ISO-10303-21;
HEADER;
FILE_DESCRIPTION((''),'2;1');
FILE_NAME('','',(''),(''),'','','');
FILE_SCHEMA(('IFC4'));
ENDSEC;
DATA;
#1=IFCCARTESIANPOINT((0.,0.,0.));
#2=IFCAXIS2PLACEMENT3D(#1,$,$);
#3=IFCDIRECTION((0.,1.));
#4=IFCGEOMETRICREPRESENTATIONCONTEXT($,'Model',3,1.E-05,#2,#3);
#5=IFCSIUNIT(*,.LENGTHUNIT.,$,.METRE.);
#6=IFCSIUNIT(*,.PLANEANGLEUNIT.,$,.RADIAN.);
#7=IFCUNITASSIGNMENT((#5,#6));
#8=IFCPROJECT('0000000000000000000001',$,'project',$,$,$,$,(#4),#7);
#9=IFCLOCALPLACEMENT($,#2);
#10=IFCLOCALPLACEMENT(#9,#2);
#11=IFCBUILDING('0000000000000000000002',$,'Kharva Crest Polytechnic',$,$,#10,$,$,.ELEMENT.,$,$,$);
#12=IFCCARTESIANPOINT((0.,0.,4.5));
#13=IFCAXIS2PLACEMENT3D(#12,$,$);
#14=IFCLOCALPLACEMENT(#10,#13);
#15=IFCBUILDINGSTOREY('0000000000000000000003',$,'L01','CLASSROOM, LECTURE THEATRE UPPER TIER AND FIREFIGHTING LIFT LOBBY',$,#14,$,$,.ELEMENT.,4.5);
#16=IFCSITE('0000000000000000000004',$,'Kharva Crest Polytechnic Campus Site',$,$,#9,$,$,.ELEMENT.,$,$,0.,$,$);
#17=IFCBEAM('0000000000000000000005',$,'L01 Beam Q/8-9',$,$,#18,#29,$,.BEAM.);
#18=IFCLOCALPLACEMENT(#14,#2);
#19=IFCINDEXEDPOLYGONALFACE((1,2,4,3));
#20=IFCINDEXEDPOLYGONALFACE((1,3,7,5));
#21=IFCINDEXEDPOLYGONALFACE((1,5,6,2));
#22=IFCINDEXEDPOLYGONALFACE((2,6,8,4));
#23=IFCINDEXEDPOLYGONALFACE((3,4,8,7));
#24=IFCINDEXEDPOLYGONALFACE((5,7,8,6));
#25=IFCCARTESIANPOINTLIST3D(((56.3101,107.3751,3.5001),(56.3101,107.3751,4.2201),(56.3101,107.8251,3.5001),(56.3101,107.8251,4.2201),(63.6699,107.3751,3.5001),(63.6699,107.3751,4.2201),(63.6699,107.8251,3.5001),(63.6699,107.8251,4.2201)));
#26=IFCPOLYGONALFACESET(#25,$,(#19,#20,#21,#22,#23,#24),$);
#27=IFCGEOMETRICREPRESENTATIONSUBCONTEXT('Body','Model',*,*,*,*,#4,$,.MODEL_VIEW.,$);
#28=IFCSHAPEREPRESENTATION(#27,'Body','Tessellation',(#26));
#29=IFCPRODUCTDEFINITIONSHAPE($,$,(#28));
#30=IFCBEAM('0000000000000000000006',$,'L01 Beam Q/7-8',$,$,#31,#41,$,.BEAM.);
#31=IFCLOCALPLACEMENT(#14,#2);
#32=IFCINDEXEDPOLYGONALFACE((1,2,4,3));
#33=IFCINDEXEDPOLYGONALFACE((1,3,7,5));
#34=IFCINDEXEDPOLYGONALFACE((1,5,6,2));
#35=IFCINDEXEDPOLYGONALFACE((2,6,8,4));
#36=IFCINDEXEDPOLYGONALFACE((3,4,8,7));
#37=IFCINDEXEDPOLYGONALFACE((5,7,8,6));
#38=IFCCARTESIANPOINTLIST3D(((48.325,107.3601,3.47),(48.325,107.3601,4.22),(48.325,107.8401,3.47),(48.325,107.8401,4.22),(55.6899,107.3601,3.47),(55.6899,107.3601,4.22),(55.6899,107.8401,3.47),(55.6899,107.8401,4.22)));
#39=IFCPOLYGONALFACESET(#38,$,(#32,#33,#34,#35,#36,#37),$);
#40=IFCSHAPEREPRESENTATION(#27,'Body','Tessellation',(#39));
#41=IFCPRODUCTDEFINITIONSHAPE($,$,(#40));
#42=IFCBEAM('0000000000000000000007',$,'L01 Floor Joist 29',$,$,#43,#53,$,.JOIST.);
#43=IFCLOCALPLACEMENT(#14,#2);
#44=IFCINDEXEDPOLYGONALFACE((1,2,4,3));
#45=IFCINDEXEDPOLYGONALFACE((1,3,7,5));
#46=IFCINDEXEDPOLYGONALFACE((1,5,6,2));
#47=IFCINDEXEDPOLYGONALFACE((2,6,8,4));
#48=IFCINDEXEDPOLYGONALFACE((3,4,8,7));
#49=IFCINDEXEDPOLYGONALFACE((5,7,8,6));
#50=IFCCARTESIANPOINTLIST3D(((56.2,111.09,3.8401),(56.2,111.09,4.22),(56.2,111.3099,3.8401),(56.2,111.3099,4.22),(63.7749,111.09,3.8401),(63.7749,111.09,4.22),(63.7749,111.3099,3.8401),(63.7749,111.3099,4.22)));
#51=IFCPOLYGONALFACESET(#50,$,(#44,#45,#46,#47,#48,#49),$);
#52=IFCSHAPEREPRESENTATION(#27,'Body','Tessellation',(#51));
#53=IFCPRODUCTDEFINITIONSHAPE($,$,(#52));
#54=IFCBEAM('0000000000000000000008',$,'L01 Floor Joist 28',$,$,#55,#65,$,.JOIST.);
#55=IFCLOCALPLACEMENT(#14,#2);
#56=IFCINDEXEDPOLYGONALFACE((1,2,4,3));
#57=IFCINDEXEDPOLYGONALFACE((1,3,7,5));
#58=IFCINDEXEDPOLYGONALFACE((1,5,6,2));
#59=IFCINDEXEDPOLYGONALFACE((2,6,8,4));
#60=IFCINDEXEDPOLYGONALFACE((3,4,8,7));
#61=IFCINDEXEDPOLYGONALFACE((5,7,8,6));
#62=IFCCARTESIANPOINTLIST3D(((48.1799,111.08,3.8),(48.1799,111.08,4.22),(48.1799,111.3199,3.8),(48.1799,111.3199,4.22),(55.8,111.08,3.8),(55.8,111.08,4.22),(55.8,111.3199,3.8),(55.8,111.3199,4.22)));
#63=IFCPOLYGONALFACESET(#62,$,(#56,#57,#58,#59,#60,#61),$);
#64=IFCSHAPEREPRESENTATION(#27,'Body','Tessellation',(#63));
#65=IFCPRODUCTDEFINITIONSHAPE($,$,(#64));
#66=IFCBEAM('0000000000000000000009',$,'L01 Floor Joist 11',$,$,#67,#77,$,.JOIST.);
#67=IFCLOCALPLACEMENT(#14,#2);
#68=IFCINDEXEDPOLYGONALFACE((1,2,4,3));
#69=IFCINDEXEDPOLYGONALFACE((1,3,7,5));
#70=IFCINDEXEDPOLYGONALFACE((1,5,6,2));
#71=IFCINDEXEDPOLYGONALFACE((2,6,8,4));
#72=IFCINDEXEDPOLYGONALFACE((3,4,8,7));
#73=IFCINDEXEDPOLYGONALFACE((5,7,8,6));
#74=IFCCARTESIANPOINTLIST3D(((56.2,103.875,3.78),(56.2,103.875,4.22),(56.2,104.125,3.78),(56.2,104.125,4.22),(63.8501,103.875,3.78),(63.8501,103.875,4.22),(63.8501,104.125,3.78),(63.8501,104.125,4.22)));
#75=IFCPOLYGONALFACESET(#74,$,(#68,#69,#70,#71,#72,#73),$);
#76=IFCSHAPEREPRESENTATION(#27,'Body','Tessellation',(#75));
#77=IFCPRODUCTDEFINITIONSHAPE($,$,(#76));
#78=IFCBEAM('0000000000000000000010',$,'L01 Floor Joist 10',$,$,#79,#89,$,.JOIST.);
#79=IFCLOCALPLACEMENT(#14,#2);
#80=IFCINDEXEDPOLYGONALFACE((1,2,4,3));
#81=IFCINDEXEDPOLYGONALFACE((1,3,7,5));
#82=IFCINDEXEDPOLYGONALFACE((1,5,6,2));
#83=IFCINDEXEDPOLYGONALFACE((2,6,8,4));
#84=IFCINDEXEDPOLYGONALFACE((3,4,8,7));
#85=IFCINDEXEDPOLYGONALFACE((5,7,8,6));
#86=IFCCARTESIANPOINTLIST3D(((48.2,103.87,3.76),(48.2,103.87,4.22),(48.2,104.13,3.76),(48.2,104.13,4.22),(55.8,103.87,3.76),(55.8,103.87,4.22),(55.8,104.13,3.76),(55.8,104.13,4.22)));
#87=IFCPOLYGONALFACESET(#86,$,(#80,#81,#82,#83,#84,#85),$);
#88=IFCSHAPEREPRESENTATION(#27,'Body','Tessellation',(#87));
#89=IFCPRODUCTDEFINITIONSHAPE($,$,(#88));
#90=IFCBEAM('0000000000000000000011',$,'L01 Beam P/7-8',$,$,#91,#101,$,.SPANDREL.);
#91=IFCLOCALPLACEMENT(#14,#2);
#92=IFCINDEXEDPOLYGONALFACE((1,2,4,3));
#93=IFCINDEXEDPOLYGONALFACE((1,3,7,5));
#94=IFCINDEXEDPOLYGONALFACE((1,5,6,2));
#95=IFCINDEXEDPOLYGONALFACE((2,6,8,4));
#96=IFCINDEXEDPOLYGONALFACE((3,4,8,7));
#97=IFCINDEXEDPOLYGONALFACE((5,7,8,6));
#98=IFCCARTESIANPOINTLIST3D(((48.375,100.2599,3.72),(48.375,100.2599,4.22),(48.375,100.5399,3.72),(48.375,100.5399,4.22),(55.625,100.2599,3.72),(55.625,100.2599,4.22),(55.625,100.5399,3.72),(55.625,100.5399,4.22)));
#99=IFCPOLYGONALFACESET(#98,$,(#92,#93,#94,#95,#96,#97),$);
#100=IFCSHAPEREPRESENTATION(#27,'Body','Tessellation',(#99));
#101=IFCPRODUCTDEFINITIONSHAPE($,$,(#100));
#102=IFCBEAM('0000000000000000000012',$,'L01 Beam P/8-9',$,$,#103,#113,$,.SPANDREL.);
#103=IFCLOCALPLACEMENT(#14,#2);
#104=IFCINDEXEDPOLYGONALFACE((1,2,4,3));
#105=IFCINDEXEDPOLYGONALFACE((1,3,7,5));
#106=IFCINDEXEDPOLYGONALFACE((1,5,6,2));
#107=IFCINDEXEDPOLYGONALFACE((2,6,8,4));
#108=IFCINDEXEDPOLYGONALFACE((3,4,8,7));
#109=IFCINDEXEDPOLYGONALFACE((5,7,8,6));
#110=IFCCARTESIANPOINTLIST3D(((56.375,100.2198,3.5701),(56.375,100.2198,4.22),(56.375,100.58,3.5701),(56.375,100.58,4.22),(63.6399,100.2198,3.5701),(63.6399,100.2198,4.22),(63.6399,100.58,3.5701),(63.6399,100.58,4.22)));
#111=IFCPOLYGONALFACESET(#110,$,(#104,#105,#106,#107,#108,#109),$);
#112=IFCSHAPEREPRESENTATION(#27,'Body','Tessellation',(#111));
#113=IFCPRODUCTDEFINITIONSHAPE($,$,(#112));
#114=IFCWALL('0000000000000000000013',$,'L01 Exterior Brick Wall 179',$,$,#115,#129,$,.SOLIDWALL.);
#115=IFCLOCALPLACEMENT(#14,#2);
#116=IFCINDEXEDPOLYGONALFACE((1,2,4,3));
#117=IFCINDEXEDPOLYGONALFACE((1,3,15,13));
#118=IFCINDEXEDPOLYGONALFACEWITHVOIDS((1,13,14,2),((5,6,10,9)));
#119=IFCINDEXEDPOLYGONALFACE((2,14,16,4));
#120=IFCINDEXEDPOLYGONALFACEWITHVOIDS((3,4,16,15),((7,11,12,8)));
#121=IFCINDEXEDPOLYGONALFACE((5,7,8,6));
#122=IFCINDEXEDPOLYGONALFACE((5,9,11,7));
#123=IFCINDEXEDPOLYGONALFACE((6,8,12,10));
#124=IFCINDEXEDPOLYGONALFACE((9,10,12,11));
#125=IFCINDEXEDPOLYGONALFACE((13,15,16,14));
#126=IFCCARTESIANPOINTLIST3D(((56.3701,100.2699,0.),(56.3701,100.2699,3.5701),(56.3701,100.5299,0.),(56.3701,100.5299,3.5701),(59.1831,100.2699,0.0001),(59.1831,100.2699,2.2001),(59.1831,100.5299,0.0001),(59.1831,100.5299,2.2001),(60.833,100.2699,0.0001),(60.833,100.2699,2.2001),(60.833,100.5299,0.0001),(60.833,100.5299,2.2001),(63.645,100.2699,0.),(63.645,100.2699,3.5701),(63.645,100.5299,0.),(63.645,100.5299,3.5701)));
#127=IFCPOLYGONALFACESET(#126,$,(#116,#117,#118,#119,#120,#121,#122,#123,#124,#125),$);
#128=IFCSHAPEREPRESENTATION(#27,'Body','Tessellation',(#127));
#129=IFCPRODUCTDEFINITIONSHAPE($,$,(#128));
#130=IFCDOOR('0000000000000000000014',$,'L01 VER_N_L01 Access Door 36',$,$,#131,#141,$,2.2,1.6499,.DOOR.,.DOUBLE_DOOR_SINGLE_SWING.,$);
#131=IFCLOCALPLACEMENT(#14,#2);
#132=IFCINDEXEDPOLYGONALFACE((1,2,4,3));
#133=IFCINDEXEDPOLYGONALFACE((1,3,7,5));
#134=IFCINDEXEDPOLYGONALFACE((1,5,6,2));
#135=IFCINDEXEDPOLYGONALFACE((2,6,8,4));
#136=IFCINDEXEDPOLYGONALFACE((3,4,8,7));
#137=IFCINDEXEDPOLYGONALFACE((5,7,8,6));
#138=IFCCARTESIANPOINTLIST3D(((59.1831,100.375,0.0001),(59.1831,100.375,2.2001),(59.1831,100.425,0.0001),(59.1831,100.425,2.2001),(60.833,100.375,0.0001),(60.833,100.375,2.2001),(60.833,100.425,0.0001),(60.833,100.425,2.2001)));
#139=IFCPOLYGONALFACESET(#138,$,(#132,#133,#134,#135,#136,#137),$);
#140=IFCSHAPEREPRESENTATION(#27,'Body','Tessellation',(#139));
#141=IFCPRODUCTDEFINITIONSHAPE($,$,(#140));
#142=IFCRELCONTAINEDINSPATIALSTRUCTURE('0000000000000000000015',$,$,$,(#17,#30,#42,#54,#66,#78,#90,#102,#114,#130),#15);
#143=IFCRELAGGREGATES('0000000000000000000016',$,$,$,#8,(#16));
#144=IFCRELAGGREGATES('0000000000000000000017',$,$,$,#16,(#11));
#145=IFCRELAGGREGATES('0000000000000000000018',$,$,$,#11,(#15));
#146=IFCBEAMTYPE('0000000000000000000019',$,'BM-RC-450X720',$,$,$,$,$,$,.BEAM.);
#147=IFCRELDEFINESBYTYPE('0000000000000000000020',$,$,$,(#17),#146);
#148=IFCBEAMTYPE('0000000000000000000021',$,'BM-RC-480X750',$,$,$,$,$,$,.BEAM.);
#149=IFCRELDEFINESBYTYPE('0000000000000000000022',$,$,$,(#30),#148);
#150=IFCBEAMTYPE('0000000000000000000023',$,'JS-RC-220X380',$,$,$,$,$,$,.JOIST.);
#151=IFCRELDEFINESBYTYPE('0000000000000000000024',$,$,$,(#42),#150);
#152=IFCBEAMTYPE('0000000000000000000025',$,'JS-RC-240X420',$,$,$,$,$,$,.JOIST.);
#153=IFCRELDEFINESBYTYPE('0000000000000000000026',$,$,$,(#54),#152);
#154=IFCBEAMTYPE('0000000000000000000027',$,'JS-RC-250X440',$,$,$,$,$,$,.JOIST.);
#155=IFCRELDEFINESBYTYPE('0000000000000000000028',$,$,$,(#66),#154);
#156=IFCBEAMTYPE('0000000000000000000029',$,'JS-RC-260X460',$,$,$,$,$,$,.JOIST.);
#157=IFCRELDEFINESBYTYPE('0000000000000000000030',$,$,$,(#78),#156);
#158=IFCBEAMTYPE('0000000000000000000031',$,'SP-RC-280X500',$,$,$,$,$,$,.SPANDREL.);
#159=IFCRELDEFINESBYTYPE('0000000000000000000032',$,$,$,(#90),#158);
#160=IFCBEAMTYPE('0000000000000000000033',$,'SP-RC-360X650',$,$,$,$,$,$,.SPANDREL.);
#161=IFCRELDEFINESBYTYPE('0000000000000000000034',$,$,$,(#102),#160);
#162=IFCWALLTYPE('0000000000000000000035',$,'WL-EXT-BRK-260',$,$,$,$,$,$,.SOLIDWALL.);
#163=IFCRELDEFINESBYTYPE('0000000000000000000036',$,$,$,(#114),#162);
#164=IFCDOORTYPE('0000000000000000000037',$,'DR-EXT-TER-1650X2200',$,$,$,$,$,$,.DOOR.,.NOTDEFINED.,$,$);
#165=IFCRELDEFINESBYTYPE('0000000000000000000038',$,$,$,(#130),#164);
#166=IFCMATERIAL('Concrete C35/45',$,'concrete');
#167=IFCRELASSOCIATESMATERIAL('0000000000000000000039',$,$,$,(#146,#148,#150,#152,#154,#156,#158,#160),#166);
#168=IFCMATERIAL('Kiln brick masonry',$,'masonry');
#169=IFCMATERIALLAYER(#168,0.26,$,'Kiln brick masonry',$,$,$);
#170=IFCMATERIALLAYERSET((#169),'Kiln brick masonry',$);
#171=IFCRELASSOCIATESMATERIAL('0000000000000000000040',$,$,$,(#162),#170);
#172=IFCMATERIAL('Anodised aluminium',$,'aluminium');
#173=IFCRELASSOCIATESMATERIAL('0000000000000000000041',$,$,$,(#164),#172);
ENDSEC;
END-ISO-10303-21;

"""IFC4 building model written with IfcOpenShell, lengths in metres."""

from ifc_helpers import new_model, si_unit, direction, frame, frame_2d, origin, origin_2d, place, context, subcontext, project, spatial, rectangle, extrude, material, layer, layer_set, material_profile, profile_set, type_object, element, fill, save


model = new_model("IFC4")

# Units and contexts
model_context = context("Model", 3, precision=1e-05, world=origin(), true_north=direction((0.0, 1.0)))
body_context = subcontext(model_context, "Body", "Model", "MODEL_VIEW")
ifc_project = project(units=[si_unit("LENGTHUNIT", "METRE"), si_unit("PLANEANGLEUNIT", "RADIAN")], contexts=[model_context])

# Site, building, storey
site_placement = place(None, origin())
site = spatial("IfcSite", under=ifc_project, at=site_placement, Name="Kharva Crest Polytechnic Campus Site", CompositionType="ELEMENT", RefElevation=0.0)
building_placement = place(site_placement, origin())
building = spatial("IfcBuilding", under=site, at=building_placement, Name="Kharva Crest Polytechnic", CompositionType="ELEMENT")
storey_placement = place(building_placement, frame((0.0, 0.0, 4.5)))
storey = spatial("IfcBuildingStorey", under=building, at=storey_placement, Name="L01", Description="CLASSROOM, LECTURE THEATRE UPPER TIER AND FIREFIGHTING LIFT LOBBY", CompositionType="ELEMENT", Elevation=4.5)

# Beams
ifc_material_1 = material(Name="Concrete C35/45", Category="concrete")
ifc_material_profile_1 = material_profile(ifc_material_1, rectangle(XDim=0.45, YDim=0.72, at=origin_2d()), Name="RECT 450 X 720")
ifc_profile_set_1 = profile_set([ifc_material_profile_1], Name="Concrete C35/45")
beam_type_1 = type_object("IfcBeamType", Name="BM-RC-450X720", PredefinedType="BEAM", material=ifc_profile_set_1)
beam_1_placement = place(storey_placement, frame((56.3101, 107.6001, 3.8601), z_axis=(1.0, 0.0, 0.0), x_axis=(0.0, 1.0, 0.0)))
element("IfcBeam", 1, at=beam_1_placement, inside=storey, type_object=beam_type_1, Name="L01 Beam Q/8-9", PredefinedType="BEAM", context=body_context, shape_type="SweptSolid", body=[
    extrude(rectangle(XDim=0.45, YDim=0.72, at=origin_2d()), origin(), (0.0, 0.0, 1.0), 7.3599),
])
ifc_material_profile_2 = material_profile(ifc_material_1, rectangle(XDim=0.48, YDim=0.75, at=origin_2d()), Name="RECT 480 X 750")
ifc_profile_set_2 = profile_set([ifc_material_profile_2], Name="Concrete C35/45")
beam_type_2 = type_object("IfcBeamType", Name="BM-RC-480X750", PredefinedType="BEAM", material=ifc_profile_set_2)
beam_2_placement = place(storey_placement, frame((48.325, 107.6001, 3.845), z_axis=(1.0, 0.0, 0.0), x_axis=(0.0, 1.0, 0.0)))
element("IfcBeam", 2, at=beam_2_placement, inside=storey, type_object=beam_type_2, Name="L01 Beam Q/7-8", PredefinedType="BEAM", context=body_context, shape_type="SweptSolid", body=[
    extrude(rectangle(XDim=0.48, YDim=0.75, at=origin_2d()), origin(), (0.0, 0.0, 1.0), 7.365),
])
ifc_material_profile_3 = material_profile(ifc_material_1, rectangle(XDim=0.22, YDim=0.3799, at=origin_2d()), Name="RECT 220 X 380")
ifc_profile_set_3 = profile_set([ifc_material_profile_3], Name="Concrete C35/45")
beam_type_3 = type_object("IfcBeamType", Name="JS-RC-220X380", PredefinedType="JOIST", material=ifc_profile_set_3)
beam_3_placement = place(storey_placement, frame((56.2, 111.2, 4.03), z_axis=(1.0, 0.0, 0.0), x_axis=(0.0, 1.0, 0.0)))
element("IfcBeam", 3, at=beam_3_placement, inside=storey, type_object=beam_type_3, Name="L01 Floor Joist 29", PredefinedType="JOIST", context=body_context, shape_type="SweptSolid", body=[
    extrude(rectangle(XDim=0.22, YDim=0.3799, at=origin_2d()), origin(), (0.0, 0.0, 1.0), 7.575),
])
ifc_material_profile_4 = material_profile(ifc_material_1, rectangle(XDim=0.24, YDim=0.4199, at=origin_2d()), Name="RECT 240 X 420")
ifc_profile_set_4 = profile_set([ifc_material_profile_4], Name="Concrete C35/45")
beam_type_4 = type_object("IfcBeamType", Name="JS-RC-240X420", PredefinedType="JOIST", material=ifc_profile_set_4)
beam_4_placement = place(storey_placement, frame((48.1799, 111.2, 4.01), z_axis=(1.0, 0.0, 0.0), x_axis=(0.0, 1.0, 0.0)))
element("IfcBeam", 4, at=beam_4_placement, inside=storey, type_object=beam_type_4, Name="L01 Floor Joist 28", PredefinedType="JOIST", context=body_context, shape_type="SweptSolid", body=[
    extrude(rectangle(XDim=0.24, YDim=0.4199, at=origin_2d()), origin(), (0.0, 0.0, 1.0), 7.6201),
])
ifc_material_profile_5 = material_profile(ifc_material_1, rectangle(XDim=0.25, YDim=0.4399, at=origin_2d()), Name="RECT 250 X 440")
ifc_profile_set_5 = profile_set([ifc_material_profile_5], Name="Concrete C35/45")
beam_type_5 = type_object("IfcBeamType", Name="JS-RC-250X440", PredefinedType="JOIST", material=ifc_profile_set_5)
beam_5_placement = place(storey_placement, frame((56.2, 104.0, 4.0), z_axis=(1.0, 0.0, 0.0), x_axis=(0.0, 1.0, 0.0)))
element("IfcBeam", 5, at=beam_5_placement, inside=storey, type_object=beam_type_5, Name="L01 Floor Joist 11", PredefinedType="JOIST", context=body_context, shape_type="SweptSolid", body=[
    extrude(rectangle(XDim=0.25, YDim=0.4399, at=origin_2d()), origin(), (0.0, 0.0, 1.0), 7.6501),
])
ifc_material_profile_6 = material_profile(ifc_material_1, rectangle(XDim=0.26, YDim=0.46, at=origin_2d()), Name="RECT 260 X 460")
ifc_profile_set_6 = profile_set([ifc_material_profile_6], Name="Concrete C35/45")
beam_type_6 = type_object("IfcBeamType", Name="JS-RC-260X460", PredefinedType="JOIST", material=ifc_profile_set_6)
beam_6_placement = place(storey_placement, frame((48.2, 104.0, 3.99), z_axis=(1.0, 0.0, 0.0), x_axis=(0.0, 1.0, 0.0)))
element("IfcBeam", 6, at=beam_6_placement, inside=storey, type_object=beam_type_6, Name="L01 Floor Joist 10", PredefinedType="JOIST", context=body_context, shape_type="SweptSolid", body=[
    extrude(rectangle(XDim=0.26, YDim=0.46, at=origin_2d()), origin(), (0.0, 0.0, 1.0), 7.6001),
])
ifc_material_profile_7 = material_profile(ifc_material_1, rectangle(XDim=0.28, YDim=0.5, at=origin_2d()), Name="RECT 280 X 500")
ifc_profile_set_7 = profile_set([ifc_material_profile_7], Name="Concrete C35/45")
beam_type_7 = type_object("IfcBeamType", Name="SP-RC-280X500", PredefinedType="SPANDREL", material=ifc_profile_set_7)
beam_7_placement = place(storey_placement, frame((48.375, 100.3999, 3.97), z_axis=(1.0, 0.0, 0.0), x_axis=(0.0, 1.0, 0.0)))
element("IfcBeam", 7, at=beam_7_placement, inside=storey, type_object=beam_type_7, Name="L01 Beam P/7-8", PredefinedType="SPANDREL", context=body_context, shape_type="SweptSolid", body=[
    extrude(rectangle(XDim=0.28, YDim=0.5, at=origin_2d()), origin(), (0.0, 0.0, 1.0), 7.25),
])
ifc_material_profile_8 = material_profile(ifc_material_1, rectangle(XDim=0.3601, YDim=0.6499, at=origin_2d()), Name="RECT 360 X 650")
ifc_profile_set_8 = profile_set([ifc_material_profile_8], Name="Concrete C35/45")
beam_type_8 = type_object("IfcBeamType", Name="SP-RC-360X650", PredefinedType="SPANDREL", material=ifc_profile_set_8)
beam_8_placement = place(storey_placement, frame((56.375, 100.3999, 3.895), z_axis=(1.0, 0.0, 0.0), x_axis=(0.0, 1.0, 0.0)))
element("IfcBeam", 8, at=beam_8_placement, inside=storey, type_object=beam_type_8, Name="L01 Beam P/8-9", PredefinedType="SPANDREL", context=body_context, shape_type="SweptSolid", body=[
    extrude(rectangle(XDim=0.3601, YDim=0.6499, at=origin_2d()), origin(), (0.0, 0.0, 1.0), 7.2649),
])

# Wall, opening, door
ifc_material_2 = material(Name="Kiln brick masonry", Category="masonry")
ifc_layer_1 = layer(ifc_material_2, 0.26, Name="Kiln brick masonry")
ifc_layer_set_1 = layer_set([ifc_layer_1], Name="Kiln brick masonry")
wall_type_1 = type_object("IfcWallType", Name="WL-EXT-BRK-260", PredefinedType="SOLIDWALL", material=ifc_layer_set_1)
wall_1_placement = place(storey_placement, frame((56.3701, 100.3999, 0.0), z_axis=(0.0, 0.0, 1.0), x_axis=(1.0, 0.0, 0.0)))
wall_1 = element("IfcWall", 9, at=wall_1_placement, inside=storey, type_object=wall_type_1, Name="L01 Exterior Brick Wall 179", PredefinedType="SOLIDWALL", context=body_context, shape_type="SweptSolid", body=[
    extrude(rectangle(XDim=7.2749, YDim=0.26, at=frame_2d((3.6375, 0.0))), origin(), (0.0, 0.0, 1.0), 3.5701),
])
opening_1_placement = place(wall_1_placement, frame((2.813, 0.0, 0.0)))
opening_1 = element("IfcOpeningElement", 10, at=opening_1_placement, cuts=wall_1, PredefinedType="OPENING", context=body_context, shape_type="SweptSolid", body=[
    extrude(rectangle(XDim=1.6499, YDim=2.2, at=frame_2d((0.825, 1.1001))), frame((0.0, 0.1399, 0.0), z_axis=(0.0, -1.0, 0.0), x_axis=(1.0, 0.0, 0.0)), (0.0, 0.0, 1.0), 0.28),
])
ifc_material_3 = material(Name="Anodised aluminium", Category="aluminium")
door_type_1 = type_object("IfcDoorType", Name="DR-EXT-TER-1650X2200", OperationType="NOTDEFINED", PredefinedType="DOOR", material=ifc_material_3)
door_1_placement = place(opening_1_placement, frame((1.6499, 0.0, 0.0), z_axis=(0.0, 0.0, 1.0), x_axis=(-1.0, 0.0, 0.0)))
door_1 = element("IfcDoor", 11, at=door_1_placement, inside=storey, type_object=door_type_1, Name="L01 VER_N_L01 Access Door 36", OperationType="DOUBLE_DOOR_SINGLE_SWING", OverallHeight=2.2, OverallWidth=1.6499, PredefinedType="DOOR", context=body_context, shape_type="SweptSolid", body=[
    extrude(rectangle(XDim=1.6499, YDim=2.2, at=frame_2d((0.825, 1.1001))), frame((0.0, 0.0249, 0.0), z_axis=(0.0, -1.0, 0.0), x_axis=(1.0, 0.0, 0.0)), (0.0, 0.0, 1.0), 0.05),
])
fill(opening_1, door_1)

save(model, "model.ifc")
